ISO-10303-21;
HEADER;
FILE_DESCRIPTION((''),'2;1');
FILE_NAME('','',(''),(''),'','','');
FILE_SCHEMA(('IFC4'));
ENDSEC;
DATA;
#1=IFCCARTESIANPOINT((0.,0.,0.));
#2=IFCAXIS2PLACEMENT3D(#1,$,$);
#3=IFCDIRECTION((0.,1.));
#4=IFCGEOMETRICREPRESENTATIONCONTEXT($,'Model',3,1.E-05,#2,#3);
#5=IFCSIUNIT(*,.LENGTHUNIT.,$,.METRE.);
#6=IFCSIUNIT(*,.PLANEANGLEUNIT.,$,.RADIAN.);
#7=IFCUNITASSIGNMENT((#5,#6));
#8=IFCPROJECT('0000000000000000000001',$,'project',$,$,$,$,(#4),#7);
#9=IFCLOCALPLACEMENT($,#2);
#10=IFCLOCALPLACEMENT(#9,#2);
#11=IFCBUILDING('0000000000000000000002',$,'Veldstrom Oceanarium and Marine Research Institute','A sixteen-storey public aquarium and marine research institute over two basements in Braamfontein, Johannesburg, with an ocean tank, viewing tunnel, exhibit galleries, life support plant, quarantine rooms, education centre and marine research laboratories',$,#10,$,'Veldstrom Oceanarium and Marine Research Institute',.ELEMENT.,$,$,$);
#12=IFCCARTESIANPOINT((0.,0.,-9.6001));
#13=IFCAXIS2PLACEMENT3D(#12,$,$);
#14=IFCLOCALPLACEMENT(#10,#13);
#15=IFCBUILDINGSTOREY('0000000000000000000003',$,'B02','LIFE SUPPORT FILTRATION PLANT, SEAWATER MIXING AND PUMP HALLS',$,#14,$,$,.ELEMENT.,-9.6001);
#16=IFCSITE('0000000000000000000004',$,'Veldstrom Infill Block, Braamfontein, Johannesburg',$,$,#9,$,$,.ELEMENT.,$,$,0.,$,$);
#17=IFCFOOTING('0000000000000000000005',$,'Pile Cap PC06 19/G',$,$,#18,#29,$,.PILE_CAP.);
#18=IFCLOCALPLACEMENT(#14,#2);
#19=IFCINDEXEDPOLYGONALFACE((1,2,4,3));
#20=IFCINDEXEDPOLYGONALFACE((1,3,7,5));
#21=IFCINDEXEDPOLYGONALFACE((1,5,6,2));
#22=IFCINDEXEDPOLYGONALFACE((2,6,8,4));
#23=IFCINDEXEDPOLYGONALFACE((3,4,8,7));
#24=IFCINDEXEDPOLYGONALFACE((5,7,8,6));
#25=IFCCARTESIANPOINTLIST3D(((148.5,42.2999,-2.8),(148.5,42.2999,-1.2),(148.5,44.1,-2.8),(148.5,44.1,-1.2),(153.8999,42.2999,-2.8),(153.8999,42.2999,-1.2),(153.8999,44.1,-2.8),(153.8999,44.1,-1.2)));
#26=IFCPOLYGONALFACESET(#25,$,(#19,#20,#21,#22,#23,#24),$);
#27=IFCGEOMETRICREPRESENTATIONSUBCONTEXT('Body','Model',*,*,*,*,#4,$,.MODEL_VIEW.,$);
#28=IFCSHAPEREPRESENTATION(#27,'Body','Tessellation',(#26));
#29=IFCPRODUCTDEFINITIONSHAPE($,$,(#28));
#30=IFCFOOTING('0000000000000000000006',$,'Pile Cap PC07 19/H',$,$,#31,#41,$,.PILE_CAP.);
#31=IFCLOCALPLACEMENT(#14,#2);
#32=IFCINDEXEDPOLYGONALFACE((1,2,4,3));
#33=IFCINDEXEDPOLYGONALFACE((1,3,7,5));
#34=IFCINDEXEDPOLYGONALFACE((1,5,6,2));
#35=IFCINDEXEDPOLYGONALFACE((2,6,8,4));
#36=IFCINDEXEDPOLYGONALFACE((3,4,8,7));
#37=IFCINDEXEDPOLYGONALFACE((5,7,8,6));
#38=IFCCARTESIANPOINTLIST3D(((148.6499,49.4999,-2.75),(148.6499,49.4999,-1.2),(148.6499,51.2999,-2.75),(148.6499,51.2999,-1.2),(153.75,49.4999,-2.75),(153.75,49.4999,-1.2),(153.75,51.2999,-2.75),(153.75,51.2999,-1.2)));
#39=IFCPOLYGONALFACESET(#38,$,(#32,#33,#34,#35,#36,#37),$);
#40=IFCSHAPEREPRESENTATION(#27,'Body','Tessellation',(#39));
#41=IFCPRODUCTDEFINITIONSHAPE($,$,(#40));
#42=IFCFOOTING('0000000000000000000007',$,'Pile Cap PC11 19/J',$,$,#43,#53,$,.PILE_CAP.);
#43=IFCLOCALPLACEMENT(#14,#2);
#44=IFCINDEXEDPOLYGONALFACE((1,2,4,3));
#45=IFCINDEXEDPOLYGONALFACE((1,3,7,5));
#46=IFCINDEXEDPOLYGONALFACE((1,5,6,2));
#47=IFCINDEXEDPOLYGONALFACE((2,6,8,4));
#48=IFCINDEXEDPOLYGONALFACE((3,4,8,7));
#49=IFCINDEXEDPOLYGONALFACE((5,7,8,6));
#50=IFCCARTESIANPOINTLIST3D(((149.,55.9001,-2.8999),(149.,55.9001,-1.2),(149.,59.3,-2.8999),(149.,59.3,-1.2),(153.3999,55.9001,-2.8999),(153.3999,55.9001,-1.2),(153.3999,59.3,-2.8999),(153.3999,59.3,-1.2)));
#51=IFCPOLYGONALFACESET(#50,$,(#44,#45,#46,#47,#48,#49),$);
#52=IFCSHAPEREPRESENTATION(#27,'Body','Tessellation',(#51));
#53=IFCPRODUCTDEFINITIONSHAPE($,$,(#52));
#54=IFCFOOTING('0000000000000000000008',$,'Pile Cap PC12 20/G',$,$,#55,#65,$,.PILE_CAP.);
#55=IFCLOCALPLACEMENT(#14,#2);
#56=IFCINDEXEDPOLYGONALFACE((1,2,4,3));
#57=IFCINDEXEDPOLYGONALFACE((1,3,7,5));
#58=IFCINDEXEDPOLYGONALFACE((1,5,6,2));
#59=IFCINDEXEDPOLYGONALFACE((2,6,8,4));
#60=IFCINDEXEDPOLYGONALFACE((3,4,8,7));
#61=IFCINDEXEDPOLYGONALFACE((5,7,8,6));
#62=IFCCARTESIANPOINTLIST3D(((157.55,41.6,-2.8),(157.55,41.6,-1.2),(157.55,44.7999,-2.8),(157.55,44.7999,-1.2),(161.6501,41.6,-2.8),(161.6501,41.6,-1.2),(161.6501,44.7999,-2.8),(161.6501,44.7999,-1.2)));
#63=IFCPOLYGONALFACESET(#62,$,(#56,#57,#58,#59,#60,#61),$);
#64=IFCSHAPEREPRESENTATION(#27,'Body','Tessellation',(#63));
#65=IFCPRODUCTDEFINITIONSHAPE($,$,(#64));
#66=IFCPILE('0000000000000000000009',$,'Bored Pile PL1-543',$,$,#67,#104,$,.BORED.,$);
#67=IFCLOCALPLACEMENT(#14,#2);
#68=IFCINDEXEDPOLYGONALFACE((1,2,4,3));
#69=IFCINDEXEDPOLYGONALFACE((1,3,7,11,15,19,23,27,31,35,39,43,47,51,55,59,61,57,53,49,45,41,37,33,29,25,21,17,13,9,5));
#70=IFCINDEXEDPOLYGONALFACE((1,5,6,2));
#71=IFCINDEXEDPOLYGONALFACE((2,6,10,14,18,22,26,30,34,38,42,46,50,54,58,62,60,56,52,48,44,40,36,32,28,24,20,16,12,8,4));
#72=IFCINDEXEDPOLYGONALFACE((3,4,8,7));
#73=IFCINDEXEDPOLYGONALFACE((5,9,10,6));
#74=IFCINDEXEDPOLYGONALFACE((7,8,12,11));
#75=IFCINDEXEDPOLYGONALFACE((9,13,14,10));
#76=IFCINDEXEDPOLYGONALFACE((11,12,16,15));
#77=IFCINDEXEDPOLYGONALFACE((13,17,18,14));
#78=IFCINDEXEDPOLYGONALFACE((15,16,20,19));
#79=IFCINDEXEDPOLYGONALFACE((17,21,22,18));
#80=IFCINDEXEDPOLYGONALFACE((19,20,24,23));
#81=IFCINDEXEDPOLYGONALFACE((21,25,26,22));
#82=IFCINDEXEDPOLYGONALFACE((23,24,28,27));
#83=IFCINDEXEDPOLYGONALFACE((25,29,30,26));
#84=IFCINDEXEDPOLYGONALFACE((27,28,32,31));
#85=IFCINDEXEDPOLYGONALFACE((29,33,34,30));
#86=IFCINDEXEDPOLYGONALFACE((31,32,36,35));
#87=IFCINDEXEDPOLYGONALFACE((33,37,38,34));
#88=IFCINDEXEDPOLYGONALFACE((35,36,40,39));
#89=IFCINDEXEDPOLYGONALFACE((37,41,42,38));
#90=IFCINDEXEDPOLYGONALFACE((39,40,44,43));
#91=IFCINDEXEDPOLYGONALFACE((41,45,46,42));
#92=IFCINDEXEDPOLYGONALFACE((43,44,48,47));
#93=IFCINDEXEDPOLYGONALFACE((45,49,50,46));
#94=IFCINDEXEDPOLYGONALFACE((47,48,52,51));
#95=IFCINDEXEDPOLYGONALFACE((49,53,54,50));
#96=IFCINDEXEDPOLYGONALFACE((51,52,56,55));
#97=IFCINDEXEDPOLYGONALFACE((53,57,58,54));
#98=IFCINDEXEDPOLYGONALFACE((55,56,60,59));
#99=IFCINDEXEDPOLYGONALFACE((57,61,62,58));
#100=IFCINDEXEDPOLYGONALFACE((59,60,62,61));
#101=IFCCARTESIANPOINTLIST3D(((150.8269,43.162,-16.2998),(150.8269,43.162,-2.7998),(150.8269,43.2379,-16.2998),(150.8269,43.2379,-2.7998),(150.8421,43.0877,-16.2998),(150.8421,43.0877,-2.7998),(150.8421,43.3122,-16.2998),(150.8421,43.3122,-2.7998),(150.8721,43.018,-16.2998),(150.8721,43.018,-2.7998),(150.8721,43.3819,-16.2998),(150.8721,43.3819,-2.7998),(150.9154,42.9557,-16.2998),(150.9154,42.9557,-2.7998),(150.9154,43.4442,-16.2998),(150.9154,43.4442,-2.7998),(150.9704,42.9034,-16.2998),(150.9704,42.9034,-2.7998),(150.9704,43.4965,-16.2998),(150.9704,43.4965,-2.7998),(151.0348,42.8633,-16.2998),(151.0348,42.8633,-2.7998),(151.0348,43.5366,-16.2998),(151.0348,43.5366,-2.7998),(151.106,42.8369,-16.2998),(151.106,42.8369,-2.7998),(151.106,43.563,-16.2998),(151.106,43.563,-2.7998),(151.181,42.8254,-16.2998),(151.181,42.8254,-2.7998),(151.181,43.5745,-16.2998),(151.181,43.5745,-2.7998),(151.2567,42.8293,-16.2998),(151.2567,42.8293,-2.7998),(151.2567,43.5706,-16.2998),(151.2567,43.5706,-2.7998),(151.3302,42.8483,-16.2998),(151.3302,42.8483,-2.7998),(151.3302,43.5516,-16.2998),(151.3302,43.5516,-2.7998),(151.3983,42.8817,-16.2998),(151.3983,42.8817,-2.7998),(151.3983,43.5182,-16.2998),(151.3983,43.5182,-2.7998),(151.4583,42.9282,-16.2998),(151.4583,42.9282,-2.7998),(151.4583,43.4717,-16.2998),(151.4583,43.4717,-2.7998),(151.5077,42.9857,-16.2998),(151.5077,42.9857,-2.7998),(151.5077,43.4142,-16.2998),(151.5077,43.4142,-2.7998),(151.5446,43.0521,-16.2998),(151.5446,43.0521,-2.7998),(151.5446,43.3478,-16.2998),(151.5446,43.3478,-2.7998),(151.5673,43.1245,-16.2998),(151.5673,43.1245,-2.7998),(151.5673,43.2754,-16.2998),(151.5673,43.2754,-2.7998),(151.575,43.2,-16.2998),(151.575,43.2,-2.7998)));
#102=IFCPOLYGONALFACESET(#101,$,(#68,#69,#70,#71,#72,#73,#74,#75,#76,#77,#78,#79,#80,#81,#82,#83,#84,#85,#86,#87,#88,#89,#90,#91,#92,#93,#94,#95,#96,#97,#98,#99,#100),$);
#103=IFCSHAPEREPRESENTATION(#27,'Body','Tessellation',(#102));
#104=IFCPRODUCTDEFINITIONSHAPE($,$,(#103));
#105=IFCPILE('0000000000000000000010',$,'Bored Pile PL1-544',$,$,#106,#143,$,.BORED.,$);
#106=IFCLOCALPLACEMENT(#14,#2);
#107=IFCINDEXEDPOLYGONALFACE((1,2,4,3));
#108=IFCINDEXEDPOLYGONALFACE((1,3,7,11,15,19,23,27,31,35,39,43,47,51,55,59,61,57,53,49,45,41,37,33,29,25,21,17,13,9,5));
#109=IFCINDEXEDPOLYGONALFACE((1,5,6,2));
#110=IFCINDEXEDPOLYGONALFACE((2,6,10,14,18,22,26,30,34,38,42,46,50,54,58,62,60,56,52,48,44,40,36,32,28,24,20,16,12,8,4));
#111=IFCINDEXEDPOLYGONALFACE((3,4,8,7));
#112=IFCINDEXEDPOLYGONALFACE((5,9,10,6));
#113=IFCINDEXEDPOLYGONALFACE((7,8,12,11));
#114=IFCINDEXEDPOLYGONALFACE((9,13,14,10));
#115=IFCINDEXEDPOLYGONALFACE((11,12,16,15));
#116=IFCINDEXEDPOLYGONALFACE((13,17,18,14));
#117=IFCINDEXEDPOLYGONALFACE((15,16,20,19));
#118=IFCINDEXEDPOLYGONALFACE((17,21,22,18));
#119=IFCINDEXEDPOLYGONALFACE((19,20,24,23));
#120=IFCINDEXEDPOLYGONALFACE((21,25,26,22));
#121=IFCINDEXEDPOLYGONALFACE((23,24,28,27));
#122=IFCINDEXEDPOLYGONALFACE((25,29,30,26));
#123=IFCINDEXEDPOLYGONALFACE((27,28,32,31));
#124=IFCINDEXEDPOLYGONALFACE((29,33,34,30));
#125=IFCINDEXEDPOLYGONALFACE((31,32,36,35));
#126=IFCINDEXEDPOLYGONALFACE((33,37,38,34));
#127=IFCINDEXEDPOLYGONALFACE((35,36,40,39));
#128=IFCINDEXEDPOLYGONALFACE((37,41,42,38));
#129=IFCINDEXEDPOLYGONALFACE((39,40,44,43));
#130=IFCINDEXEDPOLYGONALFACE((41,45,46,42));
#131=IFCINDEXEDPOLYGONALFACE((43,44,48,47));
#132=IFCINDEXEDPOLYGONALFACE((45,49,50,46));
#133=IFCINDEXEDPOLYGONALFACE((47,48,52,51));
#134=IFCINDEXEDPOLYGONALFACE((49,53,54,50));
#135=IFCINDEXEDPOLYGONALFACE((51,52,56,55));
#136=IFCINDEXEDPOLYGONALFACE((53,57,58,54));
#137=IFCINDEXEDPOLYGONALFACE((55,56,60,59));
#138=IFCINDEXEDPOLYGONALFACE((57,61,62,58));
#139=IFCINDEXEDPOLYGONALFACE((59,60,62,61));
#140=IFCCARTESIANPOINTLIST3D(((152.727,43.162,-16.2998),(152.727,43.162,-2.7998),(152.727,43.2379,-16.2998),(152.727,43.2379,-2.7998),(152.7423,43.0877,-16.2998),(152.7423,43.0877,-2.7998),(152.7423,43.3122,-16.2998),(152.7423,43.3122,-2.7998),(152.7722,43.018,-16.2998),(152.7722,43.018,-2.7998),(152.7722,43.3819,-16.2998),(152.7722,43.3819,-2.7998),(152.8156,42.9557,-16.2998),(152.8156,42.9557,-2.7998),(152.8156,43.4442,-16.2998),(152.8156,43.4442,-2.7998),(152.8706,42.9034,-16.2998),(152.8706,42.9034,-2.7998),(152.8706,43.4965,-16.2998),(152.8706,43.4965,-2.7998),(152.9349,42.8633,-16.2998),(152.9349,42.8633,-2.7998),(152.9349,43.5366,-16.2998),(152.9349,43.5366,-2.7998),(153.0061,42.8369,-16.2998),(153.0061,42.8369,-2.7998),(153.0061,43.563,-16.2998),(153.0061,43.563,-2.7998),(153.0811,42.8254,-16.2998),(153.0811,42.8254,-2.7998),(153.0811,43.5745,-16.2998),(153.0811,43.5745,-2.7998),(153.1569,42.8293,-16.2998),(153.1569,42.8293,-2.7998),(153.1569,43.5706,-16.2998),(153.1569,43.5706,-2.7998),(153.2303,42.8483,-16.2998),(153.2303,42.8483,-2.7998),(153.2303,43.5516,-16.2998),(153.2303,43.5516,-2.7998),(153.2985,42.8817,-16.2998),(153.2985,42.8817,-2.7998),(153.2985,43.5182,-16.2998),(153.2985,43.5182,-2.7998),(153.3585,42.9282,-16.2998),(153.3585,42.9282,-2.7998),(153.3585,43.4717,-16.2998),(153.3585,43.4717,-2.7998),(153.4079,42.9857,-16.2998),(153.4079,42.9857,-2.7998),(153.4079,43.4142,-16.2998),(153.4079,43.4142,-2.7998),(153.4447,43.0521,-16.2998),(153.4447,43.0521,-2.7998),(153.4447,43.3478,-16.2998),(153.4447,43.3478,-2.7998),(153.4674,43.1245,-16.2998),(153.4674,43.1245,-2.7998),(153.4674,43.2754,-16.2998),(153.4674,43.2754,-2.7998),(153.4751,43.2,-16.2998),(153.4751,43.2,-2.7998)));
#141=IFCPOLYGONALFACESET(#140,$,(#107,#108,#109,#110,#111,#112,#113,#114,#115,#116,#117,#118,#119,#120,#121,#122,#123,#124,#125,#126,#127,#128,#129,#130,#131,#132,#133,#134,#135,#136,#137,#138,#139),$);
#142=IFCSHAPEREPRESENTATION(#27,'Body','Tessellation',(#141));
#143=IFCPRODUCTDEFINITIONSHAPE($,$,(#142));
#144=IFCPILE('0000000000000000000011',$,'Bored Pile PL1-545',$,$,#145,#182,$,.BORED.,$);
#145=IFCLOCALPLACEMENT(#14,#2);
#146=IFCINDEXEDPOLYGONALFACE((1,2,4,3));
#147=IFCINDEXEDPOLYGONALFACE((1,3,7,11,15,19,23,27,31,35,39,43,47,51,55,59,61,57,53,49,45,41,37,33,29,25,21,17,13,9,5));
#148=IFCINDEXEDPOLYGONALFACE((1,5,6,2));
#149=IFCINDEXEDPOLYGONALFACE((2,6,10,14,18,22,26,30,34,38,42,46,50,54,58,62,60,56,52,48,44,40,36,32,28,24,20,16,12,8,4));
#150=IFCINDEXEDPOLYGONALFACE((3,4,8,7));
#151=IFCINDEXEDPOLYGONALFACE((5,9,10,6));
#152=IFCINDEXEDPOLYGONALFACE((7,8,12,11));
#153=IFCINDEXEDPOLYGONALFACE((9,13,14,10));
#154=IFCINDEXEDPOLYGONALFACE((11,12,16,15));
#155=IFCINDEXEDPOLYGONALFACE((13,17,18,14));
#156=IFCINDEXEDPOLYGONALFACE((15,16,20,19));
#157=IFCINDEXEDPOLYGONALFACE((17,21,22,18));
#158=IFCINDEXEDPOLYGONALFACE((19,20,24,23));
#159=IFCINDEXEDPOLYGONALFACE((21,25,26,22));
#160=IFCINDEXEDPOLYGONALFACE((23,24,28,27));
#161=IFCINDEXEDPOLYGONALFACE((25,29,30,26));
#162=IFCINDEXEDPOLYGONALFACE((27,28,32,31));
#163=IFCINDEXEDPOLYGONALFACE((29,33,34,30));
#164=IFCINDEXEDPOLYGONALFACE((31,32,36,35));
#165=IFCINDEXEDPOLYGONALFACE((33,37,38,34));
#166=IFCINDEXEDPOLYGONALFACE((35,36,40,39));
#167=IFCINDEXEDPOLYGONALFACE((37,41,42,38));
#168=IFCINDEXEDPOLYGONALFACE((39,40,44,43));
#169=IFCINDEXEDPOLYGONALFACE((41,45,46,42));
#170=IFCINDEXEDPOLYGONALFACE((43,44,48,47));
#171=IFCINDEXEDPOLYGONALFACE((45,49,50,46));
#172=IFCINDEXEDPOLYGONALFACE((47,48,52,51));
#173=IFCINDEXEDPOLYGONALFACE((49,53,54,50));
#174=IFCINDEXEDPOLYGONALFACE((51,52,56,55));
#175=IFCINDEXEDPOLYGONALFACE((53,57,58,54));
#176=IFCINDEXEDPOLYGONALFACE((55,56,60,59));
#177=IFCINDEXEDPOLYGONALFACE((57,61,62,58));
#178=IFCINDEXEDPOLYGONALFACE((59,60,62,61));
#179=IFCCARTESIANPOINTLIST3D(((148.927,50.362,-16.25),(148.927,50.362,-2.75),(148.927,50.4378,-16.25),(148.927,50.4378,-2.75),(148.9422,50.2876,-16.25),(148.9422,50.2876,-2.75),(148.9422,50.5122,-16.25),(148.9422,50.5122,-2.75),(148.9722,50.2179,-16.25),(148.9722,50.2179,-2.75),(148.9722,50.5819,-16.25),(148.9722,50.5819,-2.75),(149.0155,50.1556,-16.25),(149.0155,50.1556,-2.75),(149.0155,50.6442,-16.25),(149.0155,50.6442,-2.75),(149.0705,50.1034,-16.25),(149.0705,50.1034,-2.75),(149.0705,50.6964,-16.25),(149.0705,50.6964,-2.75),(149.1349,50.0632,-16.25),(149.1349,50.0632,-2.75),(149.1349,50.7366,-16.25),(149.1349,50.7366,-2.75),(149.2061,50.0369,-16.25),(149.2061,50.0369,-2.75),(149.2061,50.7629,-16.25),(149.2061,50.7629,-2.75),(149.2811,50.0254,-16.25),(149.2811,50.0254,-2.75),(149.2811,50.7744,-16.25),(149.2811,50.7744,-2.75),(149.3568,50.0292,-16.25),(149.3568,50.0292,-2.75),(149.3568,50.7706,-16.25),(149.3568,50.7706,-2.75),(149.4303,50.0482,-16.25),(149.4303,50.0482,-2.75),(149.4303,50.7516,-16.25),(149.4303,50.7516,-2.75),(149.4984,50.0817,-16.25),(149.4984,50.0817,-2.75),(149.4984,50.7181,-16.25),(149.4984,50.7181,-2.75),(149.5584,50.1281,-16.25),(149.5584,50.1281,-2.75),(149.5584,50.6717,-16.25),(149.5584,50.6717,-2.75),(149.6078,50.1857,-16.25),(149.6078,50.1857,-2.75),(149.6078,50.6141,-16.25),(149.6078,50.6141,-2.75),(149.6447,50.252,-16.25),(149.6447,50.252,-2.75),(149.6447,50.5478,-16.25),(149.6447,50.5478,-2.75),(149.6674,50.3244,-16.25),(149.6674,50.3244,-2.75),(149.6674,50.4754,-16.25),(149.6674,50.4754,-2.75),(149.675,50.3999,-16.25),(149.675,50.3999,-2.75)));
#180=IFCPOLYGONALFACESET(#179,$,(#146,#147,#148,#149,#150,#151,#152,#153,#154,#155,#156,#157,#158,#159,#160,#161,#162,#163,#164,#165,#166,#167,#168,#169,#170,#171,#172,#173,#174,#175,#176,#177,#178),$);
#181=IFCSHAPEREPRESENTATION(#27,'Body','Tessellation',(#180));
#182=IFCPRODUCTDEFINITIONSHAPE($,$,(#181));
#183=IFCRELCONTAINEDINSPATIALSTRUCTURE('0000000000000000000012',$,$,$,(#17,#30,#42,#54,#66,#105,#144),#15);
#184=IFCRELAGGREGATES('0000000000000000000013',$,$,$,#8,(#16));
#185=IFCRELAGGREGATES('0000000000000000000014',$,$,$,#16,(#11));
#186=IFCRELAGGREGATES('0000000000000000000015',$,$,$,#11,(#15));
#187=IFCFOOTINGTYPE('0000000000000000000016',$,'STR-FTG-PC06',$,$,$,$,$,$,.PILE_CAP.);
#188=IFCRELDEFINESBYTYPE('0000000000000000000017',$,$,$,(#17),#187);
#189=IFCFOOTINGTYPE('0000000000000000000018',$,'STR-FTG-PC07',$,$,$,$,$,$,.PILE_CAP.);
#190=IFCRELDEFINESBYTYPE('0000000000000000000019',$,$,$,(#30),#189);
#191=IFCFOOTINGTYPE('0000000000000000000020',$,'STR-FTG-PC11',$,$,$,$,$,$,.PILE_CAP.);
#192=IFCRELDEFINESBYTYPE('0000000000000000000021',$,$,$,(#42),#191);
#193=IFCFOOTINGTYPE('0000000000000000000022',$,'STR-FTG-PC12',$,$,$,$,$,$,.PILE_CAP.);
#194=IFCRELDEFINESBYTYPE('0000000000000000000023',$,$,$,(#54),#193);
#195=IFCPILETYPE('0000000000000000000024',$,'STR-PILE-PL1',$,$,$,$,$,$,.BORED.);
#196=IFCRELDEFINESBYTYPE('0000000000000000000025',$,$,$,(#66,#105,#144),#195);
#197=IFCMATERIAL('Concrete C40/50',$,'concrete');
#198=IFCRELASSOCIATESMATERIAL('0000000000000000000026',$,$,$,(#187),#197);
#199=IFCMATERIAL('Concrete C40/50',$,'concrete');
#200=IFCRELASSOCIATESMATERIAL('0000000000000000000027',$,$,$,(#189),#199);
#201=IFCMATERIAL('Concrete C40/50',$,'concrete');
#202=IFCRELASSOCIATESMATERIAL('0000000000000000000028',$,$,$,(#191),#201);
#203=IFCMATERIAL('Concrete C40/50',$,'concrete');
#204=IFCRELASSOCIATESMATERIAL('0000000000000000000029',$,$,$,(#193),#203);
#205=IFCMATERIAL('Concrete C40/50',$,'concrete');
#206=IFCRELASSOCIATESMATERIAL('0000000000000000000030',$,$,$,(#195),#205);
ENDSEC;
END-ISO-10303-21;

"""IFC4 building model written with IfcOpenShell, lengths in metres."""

from ifc_helpers import new_model, si_unit, direction, frame, origin, origin_2d, place, context, subcontext, project, spatial, rectangle, circle, extrude, material, material_profile, profile_set, type_object, element, save


model = new_model("IFC4")

# Units and contexts
model_context = context("Model", 3, precision=1e-05, world=origin(), true_north=direction((0.0, 1.0)))
body_context = subcontext(model_context, "Body", "Model", "MODEL_VIEW")
ifc_project = project(units=[si_unit("LENGTHUNIT", "METRE"), si_unit("PLANEANGLEUNIT", "RADIAN")], contexts=[model_context])

# Site, building, storey
site_placement = place(None, origin())
site = spatial("IfcSite", under=ifc_project, at=site_placement, Name="Veldstrom Infill Block, Braamfontein, Johannesburg", CompositionType="ELEMENT", RefElevation=0.0)
building_placement = place(site_placement, origin())
building = spatial("IfcBuilding", under=site, at=building_placement, Name="Veldstrom Oceanarium and Marine Research Institute", Description="A sixteen-storey public aquarium and marine research institute over two basements in Braamfontein, Johannesburg, with an ocean tank, viewing tunnel, exhibit galleries, life support plant, quarantine rooms, education centre and marine research laboratories", LongName="Veldstrom Oceanarium and Marine Research Institute", CompositionType="ELEMENT")
storey_placement = place(building_placement, frame((0.0, 0.0, -9.6001)))
storey = spatial("IfcBuildingStorey", under=building, at=storey_placement, Name="B02", Description="LIFE SUPPORT FILTRATION PLANT, SEAWATER MIXING AND PUMP HALLS", CompositionType="ELEMENT", Elevation=-9.6001)

# Footings
ifc_material_1 = material(Name="Concrete C40/50", Category="concrete")
footing_type_1 = type_object("IfcFootingType", Name="STR-FTG-PC06", PredefinedType="PILE_CAP", material=ifc_material_1)
footing_1_placement = place(storey_placement, frame((151.2, 43.2, -2.8), z_axis=(0.0, 0.0, 1.0), x_axis=(1.0, 0.0, 0.0)))
element("IfcFooting", 1, at=footing_1_placement, inside=storey, type_object=footing_type_1, Name="Pile Cap PC06 19/G", PredefinedType="PILE_CAP", context=body_context, shape_type="SweptSolid", body=[
    extrude(rectangle(XDim=5.3999, YDim=1.8, at=origin_2d()), origin(), (0.0, 0.0, 1.0), 1.6001),
])
ifc_material_2 = material(Name="Concrete C40/50", Category="concrete")
footing_type_2 = type_object("IfcFootingType", Name="STR-FTG-PC07", PredefinedType="PILE_CAP", material=ifc_material_2)
footing_2_placement = place(storey_placement, frame((151.2, 50.3999, -2.75), z_axis=(0.0, 0.0, 1.0), x_axis=(1.0, 0.0, 0.0)))
element("IfcFooting", 2, at=footing_2_placement, inside=storey, type_object=footing_type_2, Name="Pile Cap PC07 19/H", PredefinedType="PILE_CAP", context=body_context, shape_type="SweptSolid", body=[
    extrude(rectangle(XDim=5.1001, YDim=1.8, at=origin_2d()), origin(), (0.0, 0.0, 1.0), 1.55),
])
ifc_material_3 = material(Name="Concrete C40/50", Category="concrete")
footing_type_3 = type_object("IfcFootingType", Name="STR-FTG-PC11", PredefinedType="PILE_CAP", material=ifc_material_3)
footing_3_placement = place(storey_placement, frame((151.2, 57.6001, -2.8999), z_axis=(0.0, 0.0, 1.0), x_axis=(1.0, 0.0, 0.0)))
element("IfcFooting", 3, at=footing_3_placement, inside=storey, type_object=footing_type_3, Name="Pile Cap PC11 19/J", PredefinedType="PILE_CAP", context=body_context, shape_type="SweptSolid", body=[
    extrude(rectangle(XDim=4.3999, YDim=3.3999, at=origin_2d()), origin(), (0.0, 0.0, 1.0), 1.7),
])
ifc_material_4 = material(Name="Concrete C40/50", Category="concrete")
footing_type_4 = type_object("IfcFootingType", Name="STR-FTG-PC12", PredefinedType="PILE_CAP", material=ifc_material_4)
footing_4_placement = place(storey_placement, frame((159.6001, 43.2, -2.8), z_axis=(0.0, 0.0, 1.0), x_axis=(1.0, 0.0, 0.0)))
element("IfcFooting", 4, at=footing_4_placement, inside=storey, type_object=footing_type_4, Name="Pile Cap PC12 20/G", PredefinedType="PILE_CAP", context=body_context, shape_type="SweptSolid", body=[
    extrude(rectangle(XDim=4.1001, YDim=3.2, at=origin_2d()), origin(), (0.0, 0.0, 1.0), 1.6001),
])

# Piles
ifc_material_5 = material(Name="Concrete C40/50", Category="concrete")
ifc_material_profile_1 = material_profile(ifc_material_5, circle(Radius=0.375, at=origin_2d()), Name="PILE-D750")
ifc_profile_set_1 = profile_set([ifc_material_profile_1], Name="Concrete C40/50")
pile_type = type_object("IfcPileType", Name="STR-PILE-PL1", PredefinedType="BORED", material=ifc_profile_set_1)
for number, where, z_axis, x_axis, name in (
    (5, (151.2, 43.2, -2.7998), (0.0, 0.0, -1.0), (1.0, 0.0, 0.0), "Bored Pile PL1-543"),
    (6, (153.1001, 43.2, -2.7998), (0.0, 0.0, -1.0), (1.0, 0.0, 0.0), "Bored Pile PL1-544"),
    (7, (149.3, 50.3999, -2.75), (0.0, 0.0, -1.0), (1.0, 0.0, 0.0), "Bored Pile PL1-545"),
):
    element("IfcPile", number, at=place(storey_placement, frame(where, z_axis=z_axis, x_axis=x_axis)), inside=storey, type_object=pile_type, Name=name, PredefinedType="BORED", context=body_context, shape_type="SweptSolid", body=[
        extrude(circle(Radius=0.375, at=origin_2d()), origin(), (0.0, 0.0, 1.0), 13.5),
    ])

save(model, "model.ifc")
